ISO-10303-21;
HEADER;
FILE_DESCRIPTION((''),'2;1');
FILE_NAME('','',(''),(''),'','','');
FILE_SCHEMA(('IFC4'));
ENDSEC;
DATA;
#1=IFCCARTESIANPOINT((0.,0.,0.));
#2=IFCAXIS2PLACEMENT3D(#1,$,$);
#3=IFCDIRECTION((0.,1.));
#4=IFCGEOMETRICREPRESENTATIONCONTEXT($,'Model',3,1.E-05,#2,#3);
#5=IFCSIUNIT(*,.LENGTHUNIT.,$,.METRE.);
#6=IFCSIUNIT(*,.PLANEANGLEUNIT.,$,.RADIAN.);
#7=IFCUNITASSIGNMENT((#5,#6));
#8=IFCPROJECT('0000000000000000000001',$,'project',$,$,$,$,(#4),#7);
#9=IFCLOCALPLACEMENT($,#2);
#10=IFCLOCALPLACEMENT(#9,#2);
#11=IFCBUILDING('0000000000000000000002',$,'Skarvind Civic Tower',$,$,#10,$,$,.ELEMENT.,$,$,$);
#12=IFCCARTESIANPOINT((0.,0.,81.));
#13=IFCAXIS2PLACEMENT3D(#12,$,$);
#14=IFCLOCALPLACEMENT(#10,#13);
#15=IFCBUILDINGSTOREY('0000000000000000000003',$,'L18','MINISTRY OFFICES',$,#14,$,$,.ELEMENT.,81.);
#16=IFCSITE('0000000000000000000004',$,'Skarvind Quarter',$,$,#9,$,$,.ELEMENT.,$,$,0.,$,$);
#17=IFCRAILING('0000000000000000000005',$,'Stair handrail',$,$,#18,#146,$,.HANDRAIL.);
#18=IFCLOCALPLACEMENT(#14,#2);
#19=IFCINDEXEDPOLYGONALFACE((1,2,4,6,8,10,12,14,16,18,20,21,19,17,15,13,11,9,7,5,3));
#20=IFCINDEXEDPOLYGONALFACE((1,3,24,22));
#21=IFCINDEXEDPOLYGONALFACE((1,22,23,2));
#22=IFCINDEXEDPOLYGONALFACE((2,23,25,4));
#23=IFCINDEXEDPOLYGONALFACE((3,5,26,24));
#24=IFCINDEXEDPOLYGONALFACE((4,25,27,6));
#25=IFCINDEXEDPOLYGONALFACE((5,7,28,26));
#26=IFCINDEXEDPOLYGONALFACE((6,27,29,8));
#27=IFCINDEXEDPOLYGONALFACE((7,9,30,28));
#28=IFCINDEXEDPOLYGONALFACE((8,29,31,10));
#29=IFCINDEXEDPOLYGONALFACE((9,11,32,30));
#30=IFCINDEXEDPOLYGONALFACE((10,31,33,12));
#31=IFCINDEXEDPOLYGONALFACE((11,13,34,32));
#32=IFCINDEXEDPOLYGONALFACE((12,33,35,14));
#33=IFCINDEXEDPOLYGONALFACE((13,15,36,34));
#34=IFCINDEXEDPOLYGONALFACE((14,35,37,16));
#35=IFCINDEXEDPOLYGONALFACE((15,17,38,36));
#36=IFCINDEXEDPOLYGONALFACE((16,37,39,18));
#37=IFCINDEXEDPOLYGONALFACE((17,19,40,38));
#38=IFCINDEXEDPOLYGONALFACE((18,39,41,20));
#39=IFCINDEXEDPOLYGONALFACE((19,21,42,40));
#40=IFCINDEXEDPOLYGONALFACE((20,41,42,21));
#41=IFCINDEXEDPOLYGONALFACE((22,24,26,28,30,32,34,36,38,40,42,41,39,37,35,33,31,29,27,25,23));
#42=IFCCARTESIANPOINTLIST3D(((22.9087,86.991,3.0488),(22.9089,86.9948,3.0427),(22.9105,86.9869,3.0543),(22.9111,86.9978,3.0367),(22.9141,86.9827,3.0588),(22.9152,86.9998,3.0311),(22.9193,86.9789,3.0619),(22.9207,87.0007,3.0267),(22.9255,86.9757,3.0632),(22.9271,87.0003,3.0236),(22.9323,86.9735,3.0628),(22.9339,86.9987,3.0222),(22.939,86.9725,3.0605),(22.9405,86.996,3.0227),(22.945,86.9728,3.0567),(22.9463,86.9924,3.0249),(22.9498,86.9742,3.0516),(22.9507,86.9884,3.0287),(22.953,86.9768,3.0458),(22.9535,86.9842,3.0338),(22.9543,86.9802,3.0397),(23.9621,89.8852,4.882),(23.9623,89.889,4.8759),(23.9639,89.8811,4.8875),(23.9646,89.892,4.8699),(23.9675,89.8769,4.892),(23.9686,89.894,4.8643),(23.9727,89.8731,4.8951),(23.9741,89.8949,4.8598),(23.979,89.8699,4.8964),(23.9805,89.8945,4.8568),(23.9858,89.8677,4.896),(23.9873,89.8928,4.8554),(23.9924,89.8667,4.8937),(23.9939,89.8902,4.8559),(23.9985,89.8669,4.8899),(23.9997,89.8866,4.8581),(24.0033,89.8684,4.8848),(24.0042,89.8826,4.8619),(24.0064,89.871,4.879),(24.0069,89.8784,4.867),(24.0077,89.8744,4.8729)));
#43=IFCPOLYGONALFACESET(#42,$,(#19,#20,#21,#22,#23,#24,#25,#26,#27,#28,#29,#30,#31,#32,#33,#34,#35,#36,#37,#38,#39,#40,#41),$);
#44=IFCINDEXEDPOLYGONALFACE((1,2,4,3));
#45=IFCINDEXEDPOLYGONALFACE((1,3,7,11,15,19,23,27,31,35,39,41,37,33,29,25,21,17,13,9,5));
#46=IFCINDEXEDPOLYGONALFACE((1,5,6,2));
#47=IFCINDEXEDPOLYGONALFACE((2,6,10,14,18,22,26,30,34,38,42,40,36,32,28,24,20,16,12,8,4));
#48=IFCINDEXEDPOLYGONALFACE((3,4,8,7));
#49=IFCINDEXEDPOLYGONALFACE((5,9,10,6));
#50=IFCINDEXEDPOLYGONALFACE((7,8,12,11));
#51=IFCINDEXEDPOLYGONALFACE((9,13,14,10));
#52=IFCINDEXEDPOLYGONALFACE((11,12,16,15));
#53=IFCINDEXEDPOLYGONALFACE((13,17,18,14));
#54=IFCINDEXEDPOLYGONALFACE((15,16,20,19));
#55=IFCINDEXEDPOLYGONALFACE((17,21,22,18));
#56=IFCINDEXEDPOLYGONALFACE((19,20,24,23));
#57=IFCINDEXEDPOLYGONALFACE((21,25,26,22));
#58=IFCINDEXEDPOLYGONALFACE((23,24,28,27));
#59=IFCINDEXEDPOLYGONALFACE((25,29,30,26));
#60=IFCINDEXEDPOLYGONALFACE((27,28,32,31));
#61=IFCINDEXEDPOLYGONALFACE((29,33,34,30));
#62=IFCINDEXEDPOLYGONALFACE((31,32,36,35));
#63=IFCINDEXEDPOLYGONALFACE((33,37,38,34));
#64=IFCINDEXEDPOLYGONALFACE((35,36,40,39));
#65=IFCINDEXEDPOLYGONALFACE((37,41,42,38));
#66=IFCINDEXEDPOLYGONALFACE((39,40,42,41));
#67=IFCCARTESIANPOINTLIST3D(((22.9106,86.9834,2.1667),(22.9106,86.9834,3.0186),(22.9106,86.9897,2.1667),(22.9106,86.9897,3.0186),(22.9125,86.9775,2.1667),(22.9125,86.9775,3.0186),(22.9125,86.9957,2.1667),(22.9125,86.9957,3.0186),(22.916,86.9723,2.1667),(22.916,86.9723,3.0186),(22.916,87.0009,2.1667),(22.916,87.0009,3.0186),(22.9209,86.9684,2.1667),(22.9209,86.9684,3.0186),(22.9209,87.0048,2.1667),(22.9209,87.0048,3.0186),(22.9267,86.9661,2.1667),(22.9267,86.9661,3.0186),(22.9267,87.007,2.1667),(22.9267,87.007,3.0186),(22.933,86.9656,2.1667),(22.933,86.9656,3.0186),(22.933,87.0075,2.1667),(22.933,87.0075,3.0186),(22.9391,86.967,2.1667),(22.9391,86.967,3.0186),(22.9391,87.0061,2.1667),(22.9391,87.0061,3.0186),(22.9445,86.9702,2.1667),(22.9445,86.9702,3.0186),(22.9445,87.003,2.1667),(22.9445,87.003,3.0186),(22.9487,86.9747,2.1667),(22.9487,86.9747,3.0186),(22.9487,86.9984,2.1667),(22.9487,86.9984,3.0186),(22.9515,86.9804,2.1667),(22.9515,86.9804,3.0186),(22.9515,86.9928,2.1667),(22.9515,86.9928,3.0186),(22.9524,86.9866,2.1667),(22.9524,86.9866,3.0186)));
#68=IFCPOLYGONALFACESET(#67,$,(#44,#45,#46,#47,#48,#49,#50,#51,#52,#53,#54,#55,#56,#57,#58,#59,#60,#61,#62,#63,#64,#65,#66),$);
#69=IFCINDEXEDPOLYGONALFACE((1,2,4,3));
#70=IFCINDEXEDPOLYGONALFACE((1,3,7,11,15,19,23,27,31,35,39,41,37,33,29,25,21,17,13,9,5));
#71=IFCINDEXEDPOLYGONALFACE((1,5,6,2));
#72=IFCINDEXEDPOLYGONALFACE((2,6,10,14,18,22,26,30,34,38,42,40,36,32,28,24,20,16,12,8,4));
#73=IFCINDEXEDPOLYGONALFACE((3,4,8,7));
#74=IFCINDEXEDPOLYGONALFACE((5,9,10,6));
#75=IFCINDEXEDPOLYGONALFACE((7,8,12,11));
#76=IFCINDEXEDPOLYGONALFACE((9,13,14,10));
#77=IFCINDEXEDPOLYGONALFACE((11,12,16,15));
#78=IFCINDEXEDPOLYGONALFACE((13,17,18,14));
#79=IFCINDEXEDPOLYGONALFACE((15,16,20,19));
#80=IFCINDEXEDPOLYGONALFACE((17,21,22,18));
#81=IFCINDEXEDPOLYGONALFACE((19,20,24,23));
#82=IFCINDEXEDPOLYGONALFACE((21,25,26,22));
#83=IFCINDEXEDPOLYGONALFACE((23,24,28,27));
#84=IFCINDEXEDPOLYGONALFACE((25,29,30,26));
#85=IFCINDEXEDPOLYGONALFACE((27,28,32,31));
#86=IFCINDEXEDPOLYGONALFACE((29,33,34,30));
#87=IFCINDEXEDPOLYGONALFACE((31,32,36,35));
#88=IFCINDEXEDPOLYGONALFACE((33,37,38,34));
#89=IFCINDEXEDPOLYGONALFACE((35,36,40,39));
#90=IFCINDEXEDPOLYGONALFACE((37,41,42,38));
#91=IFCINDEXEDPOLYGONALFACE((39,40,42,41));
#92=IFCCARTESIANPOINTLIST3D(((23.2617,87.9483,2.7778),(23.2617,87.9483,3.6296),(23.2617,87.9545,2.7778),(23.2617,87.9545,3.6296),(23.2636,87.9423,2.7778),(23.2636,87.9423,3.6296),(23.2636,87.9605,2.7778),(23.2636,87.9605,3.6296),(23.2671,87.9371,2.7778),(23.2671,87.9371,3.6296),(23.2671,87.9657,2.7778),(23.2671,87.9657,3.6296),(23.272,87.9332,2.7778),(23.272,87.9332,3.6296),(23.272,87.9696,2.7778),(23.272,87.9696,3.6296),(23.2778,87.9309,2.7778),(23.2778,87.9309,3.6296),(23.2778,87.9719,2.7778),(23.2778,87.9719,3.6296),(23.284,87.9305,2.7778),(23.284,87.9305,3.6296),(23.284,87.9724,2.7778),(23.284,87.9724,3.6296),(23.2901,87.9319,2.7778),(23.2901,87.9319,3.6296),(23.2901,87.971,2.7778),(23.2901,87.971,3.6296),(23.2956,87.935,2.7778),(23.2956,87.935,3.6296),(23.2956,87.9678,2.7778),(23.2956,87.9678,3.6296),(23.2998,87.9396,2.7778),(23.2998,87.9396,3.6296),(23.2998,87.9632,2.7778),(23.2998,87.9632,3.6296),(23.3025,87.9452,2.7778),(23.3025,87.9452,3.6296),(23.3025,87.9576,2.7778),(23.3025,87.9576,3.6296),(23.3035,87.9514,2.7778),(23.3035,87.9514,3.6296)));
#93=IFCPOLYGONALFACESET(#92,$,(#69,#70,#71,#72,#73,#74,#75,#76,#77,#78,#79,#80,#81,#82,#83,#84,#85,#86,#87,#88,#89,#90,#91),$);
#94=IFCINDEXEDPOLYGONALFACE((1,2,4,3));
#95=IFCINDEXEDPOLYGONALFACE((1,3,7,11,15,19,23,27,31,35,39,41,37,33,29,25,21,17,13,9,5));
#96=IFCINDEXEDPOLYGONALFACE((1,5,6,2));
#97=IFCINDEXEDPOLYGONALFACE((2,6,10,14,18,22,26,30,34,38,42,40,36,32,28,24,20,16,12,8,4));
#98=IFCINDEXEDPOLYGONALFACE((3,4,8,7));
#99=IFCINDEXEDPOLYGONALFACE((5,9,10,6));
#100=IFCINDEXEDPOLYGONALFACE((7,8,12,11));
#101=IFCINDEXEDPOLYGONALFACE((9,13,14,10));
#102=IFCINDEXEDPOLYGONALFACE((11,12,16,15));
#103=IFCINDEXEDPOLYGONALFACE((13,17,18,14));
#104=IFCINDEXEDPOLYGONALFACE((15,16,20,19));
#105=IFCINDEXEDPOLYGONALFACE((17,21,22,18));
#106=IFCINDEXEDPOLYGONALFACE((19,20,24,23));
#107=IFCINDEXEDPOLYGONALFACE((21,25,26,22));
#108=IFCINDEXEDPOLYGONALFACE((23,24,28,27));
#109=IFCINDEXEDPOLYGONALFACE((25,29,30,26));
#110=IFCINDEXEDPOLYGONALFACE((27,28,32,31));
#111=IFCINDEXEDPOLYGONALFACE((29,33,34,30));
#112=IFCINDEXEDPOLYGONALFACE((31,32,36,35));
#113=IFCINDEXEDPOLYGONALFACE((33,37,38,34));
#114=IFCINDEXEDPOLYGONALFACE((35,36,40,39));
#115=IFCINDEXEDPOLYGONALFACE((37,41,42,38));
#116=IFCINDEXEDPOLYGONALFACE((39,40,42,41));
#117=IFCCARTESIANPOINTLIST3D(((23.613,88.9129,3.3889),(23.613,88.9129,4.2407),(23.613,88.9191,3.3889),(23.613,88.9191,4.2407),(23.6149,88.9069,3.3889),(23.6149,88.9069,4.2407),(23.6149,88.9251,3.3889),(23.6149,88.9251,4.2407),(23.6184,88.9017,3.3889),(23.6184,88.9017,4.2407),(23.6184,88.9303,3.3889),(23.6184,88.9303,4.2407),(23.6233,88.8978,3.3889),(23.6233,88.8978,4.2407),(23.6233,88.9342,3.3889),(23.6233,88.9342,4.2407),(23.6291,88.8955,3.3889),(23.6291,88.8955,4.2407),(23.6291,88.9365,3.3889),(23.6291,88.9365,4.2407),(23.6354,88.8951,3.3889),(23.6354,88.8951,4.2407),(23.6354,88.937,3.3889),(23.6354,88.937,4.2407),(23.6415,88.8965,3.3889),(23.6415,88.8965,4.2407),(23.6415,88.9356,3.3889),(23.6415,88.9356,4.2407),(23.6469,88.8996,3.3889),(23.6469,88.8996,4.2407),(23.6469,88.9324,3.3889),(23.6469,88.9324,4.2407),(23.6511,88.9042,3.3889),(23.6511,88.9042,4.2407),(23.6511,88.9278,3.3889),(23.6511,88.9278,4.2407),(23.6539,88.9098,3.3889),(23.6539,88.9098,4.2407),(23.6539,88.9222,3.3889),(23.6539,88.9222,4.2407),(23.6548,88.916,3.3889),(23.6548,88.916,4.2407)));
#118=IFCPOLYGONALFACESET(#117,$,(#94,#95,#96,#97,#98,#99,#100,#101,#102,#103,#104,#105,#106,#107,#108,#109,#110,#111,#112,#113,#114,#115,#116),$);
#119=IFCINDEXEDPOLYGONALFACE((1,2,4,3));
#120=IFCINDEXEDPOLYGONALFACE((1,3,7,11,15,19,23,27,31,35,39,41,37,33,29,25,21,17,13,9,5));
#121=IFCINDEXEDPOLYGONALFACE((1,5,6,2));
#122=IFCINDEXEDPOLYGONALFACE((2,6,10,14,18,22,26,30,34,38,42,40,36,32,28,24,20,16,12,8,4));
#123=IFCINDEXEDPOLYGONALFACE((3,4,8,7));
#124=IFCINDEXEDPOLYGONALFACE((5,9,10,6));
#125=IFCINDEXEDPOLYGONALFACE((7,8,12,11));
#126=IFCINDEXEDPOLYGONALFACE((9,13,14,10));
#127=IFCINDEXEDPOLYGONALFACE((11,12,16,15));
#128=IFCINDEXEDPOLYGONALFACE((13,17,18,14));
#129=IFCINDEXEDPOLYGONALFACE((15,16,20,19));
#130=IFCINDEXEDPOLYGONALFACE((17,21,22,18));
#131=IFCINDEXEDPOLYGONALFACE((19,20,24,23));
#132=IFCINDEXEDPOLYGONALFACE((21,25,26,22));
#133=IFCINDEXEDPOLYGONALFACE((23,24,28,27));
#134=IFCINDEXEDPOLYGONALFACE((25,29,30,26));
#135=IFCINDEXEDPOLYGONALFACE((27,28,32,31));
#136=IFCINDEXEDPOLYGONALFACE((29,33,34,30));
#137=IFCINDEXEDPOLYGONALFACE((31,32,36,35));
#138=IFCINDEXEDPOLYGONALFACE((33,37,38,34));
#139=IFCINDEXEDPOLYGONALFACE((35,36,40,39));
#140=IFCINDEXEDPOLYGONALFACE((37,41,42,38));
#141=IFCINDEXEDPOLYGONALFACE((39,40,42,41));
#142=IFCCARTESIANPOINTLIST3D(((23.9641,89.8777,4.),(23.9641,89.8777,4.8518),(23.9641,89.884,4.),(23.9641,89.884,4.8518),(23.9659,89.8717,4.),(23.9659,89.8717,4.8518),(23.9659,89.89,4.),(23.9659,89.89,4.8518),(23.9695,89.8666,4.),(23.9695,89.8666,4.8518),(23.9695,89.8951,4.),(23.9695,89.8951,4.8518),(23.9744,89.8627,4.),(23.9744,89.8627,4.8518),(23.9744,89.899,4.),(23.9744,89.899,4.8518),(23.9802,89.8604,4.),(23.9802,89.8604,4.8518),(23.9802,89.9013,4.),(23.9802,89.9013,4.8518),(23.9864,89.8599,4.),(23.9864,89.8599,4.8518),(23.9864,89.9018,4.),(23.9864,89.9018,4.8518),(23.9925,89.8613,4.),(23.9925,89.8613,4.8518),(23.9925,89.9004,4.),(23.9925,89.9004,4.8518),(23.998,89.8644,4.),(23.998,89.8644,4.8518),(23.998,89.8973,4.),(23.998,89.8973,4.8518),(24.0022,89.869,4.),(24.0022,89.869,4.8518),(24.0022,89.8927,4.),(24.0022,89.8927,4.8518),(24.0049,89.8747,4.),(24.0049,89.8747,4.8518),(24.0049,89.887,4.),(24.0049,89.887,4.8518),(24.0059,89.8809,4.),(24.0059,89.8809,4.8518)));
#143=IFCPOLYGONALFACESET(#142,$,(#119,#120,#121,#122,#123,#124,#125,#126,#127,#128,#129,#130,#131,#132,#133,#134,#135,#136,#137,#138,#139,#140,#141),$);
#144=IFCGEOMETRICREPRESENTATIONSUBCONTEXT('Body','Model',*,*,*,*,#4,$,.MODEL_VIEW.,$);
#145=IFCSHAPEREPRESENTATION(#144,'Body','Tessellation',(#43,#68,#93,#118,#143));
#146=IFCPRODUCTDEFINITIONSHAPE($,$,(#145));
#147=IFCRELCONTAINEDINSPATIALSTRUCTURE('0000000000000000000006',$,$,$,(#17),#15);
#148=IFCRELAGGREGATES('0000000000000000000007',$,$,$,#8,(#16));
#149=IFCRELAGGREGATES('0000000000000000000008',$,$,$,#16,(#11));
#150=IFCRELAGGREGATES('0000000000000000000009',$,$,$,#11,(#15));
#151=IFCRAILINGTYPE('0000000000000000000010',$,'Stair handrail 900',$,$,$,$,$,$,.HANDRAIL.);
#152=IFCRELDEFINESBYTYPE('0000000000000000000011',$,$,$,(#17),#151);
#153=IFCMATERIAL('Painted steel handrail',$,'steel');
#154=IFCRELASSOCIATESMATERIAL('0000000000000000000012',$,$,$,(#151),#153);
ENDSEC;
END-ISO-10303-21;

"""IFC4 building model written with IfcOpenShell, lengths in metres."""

from ifc_helpers import new_model, si_unit, direction, frame, origin, origin_2d, place, context, subcontext, project, spatial, circle, extrude, material, type_object, element, save


model = new_model("IFC4")

# Units and contexts
model_context = context("Model", 3, precision=1e-05, world=origin(), true_north=direction((0.0, 1.0)))
body_context = subcontext(model_context, "Body", "Model", "MODEL_VIEW")
ifc_project = project(units=[si_unit("LENGTHUNIT", "METRE"), si_unit("PLANEANGLEUNIT", "RADIAN")], contexts=[model_context])

# Site, building, storey
site_placement = place(None, origin())
site = spatial("IfcSite", under=ifc_project, at=site_placement, Name="Skarvind Quarter", CompositionType="ELEMENT", RefElevation=0.0)
building_placement = place(site_placement, origin())
building = spatial("IfcBuilding", under=site, at=building_placement, Name="Skarvind Civic Tower", CompositionType="ELEMENT")
storey_placement = place(building_placement, frame((0.0, 0.0, 81.0)))
storey = spatial("IfcBuildingStorey", under=building, at=storey_placement, Name="L18", Description="MINISTRY OFFICES", CompositionType="ELEMENT", Elevation=81.0)

# Railing
ifc_material_1 = material(Name="Painted steel handrail", Category="steel")
railing_type = type_object("IfcRailingType", Name="Stair handrail 900", PredefinedType="HANDRAIL", material=ifc_material_1)
railing_1_placement = place(storey_placement, frame((22.9314, 86.9866, 2.1667)))
element("IfcRailing", 1, at=railing_1_placement, inside=storey, type_object=railing_type, Name="Stair handrail", PredefinedType="HANDRAIL", context=body_context, shape_type="SweptSolid", body=[
    extrude(circle(Radius=0.0239, at=origin_2d()), frame((0.0, 0.0, 0.876), z_axis=(0.293908, 0.807481, 0.511461), x_axis=(-0.939689, 0.342029, 0.0)), (0.0, 0.0, 1.0), 3.5842),
    extrude(circle(Radius=0.021, at=origin_2d()), origin(), (0.0, 0.0, 1.0), 0.8518),
    extrude(circle(Radius=0.021, at=origin_2d()), frame((0.3511, 0.9648, 0.6111)), (0.0, 0.0, 1.0), 0.8518),
    extrude(circle(Radius=0.021, at=origin_2d()), frame((0.7024, 1.9294, 1.2222)), (0.0, 0.0, 1.0), 0.8518),
    extrude(circle(Radius=0.021, at=origin_2d()), frame((1.0535, 2.8943, 1.8333)), (0.0, 0.0, 1.0), 0.8518),
])

save(model, "model.ifc")
